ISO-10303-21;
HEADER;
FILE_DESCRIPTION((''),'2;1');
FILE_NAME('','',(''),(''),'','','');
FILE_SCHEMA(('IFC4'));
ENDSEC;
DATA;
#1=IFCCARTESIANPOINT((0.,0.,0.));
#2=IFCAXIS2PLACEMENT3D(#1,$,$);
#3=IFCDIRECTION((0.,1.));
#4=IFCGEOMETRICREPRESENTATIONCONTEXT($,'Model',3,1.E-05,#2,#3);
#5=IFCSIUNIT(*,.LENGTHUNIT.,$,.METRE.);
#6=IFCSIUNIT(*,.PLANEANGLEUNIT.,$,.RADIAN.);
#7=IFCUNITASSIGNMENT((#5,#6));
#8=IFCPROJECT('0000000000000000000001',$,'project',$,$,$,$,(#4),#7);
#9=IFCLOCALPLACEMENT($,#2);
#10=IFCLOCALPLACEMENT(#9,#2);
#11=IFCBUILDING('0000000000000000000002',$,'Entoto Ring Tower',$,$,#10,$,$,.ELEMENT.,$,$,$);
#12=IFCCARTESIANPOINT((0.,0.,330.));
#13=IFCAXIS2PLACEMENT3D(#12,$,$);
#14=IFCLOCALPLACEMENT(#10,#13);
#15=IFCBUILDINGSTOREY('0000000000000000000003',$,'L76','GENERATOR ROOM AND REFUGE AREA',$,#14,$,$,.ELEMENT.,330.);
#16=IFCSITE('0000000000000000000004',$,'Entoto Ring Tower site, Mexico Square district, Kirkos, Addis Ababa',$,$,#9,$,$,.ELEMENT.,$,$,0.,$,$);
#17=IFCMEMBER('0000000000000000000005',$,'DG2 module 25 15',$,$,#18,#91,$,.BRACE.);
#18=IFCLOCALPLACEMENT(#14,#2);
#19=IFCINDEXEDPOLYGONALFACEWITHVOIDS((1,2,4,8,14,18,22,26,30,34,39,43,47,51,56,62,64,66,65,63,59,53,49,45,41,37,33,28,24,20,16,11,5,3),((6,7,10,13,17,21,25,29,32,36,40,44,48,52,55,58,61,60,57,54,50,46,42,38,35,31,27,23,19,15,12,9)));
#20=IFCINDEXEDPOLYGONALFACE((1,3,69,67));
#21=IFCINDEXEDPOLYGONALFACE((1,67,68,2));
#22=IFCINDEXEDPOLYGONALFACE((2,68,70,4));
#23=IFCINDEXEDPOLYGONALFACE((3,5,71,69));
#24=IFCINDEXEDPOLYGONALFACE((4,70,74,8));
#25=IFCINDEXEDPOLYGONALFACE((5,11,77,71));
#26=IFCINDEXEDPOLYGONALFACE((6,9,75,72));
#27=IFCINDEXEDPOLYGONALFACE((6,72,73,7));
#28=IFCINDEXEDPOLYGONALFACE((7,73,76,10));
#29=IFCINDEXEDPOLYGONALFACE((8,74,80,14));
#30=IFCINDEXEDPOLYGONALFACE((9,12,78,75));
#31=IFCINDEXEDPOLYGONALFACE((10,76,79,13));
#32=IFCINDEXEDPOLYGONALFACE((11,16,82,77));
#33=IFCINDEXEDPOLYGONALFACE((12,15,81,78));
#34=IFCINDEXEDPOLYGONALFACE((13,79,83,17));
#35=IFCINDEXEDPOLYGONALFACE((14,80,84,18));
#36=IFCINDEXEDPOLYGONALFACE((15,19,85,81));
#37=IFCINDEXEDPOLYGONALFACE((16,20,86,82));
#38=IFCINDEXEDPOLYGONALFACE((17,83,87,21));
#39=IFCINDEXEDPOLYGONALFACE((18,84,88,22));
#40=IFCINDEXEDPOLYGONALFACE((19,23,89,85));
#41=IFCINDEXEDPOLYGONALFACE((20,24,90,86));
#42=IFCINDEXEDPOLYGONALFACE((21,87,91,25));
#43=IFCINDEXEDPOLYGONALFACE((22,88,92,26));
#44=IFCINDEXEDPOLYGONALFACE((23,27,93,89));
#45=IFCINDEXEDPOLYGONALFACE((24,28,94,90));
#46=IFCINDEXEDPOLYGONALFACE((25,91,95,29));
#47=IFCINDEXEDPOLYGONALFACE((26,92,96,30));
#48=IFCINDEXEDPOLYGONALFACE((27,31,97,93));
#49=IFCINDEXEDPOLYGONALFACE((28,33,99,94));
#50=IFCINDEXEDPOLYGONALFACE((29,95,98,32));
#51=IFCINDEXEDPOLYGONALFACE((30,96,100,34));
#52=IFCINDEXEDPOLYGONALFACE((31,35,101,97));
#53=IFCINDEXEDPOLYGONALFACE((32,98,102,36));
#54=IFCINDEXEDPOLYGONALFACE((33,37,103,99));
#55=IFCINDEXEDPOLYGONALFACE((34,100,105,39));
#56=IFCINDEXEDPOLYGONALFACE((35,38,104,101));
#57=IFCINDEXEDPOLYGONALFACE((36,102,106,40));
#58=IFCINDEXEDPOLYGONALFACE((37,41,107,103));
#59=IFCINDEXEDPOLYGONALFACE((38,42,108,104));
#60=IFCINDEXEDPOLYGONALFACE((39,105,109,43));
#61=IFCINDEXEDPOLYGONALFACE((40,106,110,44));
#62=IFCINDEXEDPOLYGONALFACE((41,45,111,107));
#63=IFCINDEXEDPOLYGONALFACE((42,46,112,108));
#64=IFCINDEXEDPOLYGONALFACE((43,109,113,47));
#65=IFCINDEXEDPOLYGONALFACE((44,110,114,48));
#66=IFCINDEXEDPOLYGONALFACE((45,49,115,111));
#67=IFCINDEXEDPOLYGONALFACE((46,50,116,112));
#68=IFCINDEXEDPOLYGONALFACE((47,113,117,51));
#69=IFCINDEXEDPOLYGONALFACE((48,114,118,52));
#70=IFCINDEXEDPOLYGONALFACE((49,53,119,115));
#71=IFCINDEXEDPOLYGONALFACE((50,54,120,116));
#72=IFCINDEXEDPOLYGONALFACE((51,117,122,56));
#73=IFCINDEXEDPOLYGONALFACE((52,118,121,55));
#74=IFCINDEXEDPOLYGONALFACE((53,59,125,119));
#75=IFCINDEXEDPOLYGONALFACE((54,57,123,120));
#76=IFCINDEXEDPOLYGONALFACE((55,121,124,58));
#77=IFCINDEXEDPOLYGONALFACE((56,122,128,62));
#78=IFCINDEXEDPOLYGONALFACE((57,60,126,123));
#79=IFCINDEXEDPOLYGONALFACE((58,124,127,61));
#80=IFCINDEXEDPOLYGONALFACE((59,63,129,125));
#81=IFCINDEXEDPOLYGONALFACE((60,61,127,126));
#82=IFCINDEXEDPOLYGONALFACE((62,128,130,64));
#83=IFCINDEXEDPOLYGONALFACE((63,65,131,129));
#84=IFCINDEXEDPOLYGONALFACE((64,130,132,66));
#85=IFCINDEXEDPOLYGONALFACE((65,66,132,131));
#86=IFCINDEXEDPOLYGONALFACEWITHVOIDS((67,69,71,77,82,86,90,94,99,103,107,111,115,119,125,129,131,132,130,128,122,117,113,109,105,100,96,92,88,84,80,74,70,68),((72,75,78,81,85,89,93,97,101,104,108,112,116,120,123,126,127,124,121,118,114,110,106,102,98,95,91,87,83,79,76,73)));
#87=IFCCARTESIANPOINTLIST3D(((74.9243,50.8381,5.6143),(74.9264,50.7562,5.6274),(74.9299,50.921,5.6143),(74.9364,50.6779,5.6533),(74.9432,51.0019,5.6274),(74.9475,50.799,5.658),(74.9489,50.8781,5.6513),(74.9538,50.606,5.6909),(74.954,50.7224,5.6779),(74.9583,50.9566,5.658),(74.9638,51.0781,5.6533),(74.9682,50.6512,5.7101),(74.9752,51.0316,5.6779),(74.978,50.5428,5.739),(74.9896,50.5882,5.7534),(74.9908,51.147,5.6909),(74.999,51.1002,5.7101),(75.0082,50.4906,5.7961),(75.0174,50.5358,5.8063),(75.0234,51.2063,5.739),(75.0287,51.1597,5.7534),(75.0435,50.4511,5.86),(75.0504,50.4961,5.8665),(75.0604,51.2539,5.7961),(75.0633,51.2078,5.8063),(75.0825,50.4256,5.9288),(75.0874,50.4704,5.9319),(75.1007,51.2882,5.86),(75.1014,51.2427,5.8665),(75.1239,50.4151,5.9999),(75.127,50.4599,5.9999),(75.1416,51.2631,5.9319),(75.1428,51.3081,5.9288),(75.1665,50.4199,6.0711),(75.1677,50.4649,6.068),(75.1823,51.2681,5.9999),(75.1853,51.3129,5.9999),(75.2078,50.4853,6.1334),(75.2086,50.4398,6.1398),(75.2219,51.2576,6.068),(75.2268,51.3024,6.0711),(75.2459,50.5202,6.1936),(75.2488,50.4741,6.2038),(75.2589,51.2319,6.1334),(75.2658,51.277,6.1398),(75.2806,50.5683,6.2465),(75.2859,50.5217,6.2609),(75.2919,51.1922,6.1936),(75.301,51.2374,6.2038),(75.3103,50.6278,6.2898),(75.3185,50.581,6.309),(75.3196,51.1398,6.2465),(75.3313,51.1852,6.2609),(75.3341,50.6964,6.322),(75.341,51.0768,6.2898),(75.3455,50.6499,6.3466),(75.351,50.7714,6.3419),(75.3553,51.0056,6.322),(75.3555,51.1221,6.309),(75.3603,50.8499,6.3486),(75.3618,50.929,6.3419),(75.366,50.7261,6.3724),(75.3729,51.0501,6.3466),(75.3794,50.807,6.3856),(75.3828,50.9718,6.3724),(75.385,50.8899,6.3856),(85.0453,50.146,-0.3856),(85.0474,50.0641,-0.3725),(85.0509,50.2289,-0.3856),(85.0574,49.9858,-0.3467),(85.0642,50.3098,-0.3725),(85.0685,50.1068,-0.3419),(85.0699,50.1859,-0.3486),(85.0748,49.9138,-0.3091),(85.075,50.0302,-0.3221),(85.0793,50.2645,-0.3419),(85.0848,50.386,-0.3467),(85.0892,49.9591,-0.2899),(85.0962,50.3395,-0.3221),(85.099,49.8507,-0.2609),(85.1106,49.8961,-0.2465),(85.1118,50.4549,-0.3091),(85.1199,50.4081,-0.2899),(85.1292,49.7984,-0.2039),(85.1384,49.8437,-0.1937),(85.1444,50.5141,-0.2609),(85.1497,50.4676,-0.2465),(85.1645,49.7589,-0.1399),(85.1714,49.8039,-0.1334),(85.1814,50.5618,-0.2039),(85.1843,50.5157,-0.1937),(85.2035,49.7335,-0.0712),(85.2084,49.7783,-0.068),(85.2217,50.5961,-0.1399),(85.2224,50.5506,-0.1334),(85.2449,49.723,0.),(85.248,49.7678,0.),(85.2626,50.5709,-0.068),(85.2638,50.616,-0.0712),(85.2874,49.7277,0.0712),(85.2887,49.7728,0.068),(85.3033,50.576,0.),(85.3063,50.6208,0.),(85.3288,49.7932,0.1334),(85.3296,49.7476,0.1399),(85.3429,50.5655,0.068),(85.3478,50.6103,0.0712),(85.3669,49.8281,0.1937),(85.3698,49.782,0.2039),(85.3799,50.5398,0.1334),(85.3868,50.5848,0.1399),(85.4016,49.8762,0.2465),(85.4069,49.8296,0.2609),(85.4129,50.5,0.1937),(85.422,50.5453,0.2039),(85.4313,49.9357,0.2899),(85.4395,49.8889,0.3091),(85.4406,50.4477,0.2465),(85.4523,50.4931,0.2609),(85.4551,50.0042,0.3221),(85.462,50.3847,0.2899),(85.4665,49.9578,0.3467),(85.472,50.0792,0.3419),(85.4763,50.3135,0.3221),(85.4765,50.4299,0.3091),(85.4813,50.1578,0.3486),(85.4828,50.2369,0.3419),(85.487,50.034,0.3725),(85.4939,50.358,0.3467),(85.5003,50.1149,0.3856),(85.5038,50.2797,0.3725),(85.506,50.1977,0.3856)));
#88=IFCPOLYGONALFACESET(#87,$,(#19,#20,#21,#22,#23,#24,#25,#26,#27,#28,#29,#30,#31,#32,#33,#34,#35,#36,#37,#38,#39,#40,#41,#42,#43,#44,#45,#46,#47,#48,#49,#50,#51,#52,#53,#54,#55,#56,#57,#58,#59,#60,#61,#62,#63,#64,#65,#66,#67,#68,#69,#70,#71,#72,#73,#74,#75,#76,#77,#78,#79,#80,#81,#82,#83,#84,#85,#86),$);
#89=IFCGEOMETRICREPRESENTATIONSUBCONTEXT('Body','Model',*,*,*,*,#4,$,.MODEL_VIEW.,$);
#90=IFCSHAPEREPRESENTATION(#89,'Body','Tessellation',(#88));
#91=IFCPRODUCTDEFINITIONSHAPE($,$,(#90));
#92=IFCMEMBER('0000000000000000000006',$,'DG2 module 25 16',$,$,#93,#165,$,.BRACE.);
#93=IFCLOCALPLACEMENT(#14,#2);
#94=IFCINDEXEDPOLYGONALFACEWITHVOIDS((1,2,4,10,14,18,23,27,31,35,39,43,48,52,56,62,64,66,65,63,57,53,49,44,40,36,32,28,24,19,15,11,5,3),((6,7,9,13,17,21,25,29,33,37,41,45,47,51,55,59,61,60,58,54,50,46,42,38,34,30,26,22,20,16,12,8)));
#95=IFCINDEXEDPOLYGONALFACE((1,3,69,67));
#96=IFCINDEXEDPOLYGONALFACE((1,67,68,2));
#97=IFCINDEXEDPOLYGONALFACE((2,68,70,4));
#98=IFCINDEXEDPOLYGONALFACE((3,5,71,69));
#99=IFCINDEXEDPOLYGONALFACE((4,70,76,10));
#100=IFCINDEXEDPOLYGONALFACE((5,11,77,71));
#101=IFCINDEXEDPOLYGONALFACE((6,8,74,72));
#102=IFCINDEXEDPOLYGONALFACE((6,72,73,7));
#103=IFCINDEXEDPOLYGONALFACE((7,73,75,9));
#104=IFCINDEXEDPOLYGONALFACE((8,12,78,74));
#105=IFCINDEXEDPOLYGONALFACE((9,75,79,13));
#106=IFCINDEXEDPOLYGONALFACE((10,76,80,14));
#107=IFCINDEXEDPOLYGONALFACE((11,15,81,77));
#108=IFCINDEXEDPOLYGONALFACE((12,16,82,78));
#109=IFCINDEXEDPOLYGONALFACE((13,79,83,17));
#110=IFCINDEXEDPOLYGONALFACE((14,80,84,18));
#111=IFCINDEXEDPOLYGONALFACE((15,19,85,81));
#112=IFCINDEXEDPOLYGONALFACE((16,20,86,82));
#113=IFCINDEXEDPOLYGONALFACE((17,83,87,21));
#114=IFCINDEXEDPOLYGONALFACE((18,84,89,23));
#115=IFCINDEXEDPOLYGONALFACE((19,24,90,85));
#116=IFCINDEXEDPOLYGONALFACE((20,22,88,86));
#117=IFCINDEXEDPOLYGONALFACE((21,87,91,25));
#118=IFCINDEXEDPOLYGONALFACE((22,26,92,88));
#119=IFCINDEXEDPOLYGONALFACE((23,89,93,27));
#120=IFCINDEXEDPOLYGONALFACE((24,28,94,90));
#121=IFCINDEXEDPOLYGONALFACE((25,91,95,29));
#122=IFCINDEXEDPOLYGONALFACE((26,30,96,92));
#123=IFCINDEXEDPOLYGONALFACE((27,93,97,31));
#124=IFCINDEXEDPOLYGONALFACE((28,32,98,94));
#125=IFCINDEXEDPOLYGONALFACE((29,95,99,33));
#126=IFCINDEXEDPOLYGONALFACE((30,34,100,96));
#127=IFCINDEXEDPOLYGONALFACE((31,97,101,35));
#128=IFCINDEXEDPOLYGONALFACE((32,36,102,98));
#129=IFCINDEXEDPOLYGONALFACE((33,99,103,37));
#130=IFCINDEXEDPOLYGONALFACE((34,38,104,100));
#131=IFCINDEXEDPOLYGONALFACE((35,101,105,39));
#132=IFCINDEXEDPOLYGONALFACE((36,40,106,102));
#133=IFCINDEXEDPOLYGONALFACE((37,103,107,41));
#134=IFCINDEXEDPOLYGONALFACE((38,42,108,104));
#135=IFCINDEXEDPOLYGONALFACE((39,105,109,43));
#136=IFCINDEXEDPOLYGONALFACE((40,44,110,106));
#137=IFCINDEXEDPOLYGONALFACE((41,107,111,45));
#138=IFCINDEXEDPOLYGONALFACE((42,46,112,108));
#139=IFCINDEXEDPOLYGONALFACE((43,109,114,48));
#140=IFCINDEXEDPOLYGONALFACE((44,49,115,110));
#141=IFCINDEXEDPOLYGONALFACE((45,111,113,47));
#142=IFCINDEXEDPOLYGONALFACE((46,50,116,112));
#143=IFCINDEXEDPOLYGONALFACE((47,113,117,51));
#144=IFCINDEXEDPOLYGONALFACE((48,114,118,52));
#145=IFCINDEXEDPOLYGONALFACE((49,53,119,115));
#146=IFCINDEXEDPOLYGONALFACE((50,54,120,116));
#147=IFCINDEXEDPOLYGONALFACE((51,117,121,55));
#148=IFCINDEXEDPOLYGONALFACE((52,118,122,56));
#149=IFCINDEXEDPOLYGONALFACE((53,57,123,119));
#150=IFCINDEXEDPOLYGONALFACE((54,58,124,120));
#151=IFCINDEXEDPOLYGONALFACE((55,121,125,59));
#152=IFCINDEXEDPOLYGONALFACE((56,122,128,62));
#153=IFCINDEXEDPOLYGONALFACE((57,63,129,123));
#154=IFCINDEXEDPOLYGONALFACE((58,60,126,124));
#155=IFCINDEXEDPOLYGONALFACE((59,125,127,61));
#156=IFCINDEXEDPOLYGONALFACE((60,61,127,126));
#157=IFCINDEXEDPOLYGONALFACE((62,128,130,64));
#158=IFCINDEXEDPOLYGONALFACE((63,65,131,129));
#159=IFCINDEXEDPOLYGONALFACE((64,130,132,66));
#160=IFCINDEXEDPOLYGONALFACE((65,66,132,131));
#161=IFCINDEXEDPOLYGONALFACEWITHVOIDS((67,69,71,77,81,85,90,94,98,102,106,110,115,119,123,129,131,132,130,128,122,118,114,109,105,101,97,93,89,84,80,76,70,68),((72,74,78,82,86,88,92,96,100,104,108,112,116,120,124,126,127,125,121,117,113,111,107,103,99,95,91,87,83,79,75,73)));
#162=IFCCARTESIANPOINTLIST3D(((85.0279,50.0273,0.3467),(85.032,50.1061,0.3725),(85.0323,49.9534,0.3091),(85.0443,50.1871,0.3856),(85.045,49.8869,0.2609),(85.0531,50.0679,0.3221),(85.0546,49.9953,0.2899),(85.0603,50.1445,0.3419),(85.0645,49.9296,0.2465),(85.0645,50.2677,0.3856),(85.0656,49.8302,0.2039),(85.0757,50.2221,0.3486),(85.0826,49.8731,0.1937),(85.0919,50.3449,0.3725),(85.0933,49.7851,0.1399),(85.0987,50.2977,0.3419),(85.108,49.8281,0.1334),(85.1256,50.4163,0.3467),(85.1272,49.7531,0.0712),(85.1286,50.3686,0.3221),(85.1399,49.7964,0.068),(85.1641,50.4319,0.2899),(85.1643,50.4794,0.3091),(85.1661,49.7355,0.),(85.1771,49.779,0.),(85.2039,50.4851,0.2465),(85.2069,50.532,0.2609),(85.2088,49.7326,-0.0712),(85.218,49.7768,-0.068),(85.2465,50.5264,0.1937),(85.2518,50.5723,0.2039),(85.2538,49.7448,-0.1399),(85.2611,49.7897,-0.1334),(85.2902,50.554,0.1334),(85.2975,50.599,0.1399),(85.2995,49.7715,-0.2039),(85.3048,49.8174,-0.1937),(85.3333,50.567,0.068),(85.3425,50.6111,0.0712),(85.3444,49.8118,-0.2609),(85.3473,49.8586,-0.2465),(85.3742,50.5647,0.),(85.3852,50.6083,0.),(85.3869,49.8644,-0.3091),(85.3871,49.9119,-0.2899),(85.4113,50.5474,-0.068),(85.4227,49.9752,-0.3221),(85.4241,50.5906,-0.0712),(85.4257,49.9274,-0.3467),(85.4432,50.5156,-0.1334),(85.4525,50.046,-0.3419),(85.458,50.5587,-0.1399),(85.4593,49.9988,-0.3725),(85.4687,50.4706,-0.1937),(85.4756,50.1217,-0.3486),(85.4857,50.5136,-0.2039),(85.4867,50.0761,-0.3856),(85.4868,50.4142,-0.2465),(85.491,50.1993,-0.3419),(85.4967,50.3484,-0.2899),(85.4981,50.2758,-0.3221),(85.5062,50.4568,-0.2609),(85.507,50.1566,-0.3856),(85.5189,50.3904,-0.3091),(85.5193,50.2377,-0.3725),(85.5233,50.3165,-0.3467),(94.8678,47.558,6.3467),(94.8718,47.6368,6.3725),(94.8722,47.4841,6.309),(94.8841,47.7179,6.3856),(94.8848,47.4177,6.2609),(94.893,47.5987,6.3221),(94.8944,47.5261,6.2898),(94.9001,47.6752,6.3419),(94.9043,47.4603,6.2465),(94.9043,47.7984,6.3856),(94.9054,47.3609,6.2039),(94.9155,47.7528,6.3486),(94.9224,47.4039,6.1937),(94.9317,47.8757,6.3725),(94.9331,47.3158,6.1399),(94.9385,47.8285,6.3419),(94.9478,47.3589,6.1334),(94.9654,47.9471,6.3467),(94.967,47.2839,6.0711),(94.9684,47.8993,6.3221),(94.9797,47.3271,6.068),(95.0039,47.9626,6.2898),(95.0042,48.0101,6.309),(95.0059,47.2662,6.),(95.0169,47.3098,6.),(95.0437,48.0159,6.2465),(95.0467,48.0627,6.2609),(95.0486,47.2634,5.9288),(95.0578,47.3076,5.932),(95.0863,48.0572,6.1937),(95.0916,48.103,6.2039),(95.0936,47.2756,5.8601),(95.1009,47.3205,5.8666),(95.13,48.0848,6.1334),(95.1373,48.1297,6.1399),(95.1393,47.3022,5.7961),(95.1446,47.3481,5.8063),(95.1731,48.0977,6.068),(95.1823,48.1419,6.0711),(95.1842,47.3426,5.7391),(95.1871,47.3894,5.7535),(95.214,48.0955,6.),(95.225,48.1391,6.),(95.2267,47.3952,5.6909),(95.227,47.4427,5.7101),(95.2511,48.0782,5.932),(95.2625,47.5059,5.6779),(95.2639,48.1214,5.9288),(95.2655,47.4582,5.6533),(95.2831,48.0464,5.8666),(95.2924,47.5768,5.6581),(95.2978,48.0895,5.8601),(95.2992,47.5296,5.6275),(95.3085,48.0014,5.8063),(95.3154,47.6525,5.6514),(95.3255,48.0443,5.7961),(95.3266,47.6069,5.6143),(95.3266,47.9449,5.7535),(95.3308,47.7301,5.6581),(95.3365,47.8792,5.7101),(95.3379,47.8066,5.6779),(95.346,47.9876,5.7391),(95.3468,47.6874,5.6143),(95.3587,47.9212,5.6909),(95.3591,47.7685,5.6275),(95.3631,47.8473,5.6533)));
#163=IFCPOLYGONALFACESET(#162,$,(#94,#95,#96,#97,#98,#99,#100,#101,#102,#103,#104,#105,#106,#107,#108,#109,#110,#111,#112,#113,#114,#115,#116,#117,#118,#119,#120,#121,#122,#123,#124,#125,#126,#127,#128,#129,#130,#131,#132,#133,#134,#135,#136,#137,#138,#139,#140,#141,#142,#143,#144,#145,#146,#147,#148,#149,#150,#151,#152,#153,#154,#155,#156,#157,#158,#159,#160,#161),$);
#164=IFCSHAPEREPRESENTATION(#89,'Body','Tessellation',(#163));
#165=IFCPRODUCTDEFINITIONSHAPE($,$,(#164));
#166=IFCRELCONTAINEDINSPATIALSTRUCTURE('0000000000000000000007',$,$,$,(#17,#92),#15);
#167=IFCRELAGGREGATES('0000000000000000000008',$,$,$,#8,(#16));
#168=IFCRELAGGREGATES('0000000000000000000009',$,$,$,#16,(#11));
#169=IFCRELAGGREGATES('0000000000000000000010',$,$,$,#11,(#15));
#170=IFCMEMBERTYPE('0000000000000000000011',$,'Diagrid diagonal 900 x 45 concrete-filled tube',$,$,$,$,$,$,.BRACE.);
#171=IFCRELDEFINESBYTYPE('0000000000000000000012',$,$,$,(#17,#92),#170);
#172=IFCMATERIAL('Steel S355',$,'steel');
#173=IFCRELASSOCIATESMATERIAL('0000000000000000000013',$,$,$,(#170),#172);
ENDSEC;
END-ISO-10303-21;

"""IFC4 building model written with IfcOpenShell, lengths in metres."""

from ifc_helpers import new_model, si_unit, direction, frame, origin, origin_2d, place, context, subcontext, project, spatial, circle, hollow_circle, extrude, material, material_profile, profile_set, type_object, element, save


model = new_model("IFC4")

# Units and contexts
model_context = context("Model", 3, precision=1e-05, world=origin(), true_north=direction((0.0, 1.0)))
body_context = subcontext(model_context, "Body", "Model", "MODEL_VIEW")
ifc_project = project(units=[si_unit("LENGTHUNIT", "METRE"), si_unit("PLANEANGLEUNIT", "RADIAN")], contexts=[model_context])

# Site, building, storey
site_placement = place(None, origin())
site = spatial("IfcSite", under=ifc_project, at=site_placement, Name="Entoto Ring Tower site, Mexico Square district, Kirkos, Addis Ababa", CompositionType="ELEMENT", RefElevation=0.0)
building_placement = place(site_placement, origin())
building = spatial("IfcBuilding", under=site, at=building_placement, Name="Entoto Ring Tower", CompositionType="ELEMENT")
storey_placement = place(building_placement, frame((0.0, 0.0, 330.0)))
storey = spatial("IfcBuildingStorey", under=building, at=storey_placement, Name="L76", Description="GENERATOR ROOM AND REFUGE AREA", CompositionType="ELEMENT", Elevation=330.0)

# Members
ifc_material_1 = material(Name="Steel S355", Category="steel")
ifc_material_profile_1 = material_profile(ifc_material_1, hollow_circle(Radius=0.45, WallThickness=0.0449, at=origin_2d()), Name="CHS 900 x 45")
ifc_material_2 = material(Name="Concrete C60/75", Category="concrete")
ifc_material_profile_2 = material_profile(ifc_material_2, circle(Radius=0.405, at=origin_2d()), Name="Concrete C60/75 infill")
ifc_profile_set_1 = profile_set([ifc_material_profile_1, ifc_material_profile_2], Name="Steel S355")
member_type_1 = type_object("IfcMemberType", Name="Diagrid diagonal 900 x 45 concrete-filled tube", PredefinedType="BRACE", material=ifc_profile_set_1)
member_1_placement = place(storey_placement, frame((85.2756, 50.1719, 0.0), z_axis=(-0.858721, 0.058724, 0.509068), x_axis=(-0.068226, -0.99767, 0.0)))
element("IfcMember", 1, at=member_1_placement, inside=storey, type_object=member_type_1, Name="DG2 module 25 15", PredefinedType="BRACE", context=body_context, shape_type="SweptSolid", body=[
    extrude(hollow_circle(Radius=0.45, WallThickness=0.0449, at=origin_2d()), origin(), (0.0, 0.0, 1.0), 11.7861),
])
member_2_placement = place(storey_placement, frame((85.2756, 50.1719, 0.0), z_axis=(0.834846, -0.209499, 0.50906), x_axis=(0.243396, 0.969927, 0.0)))
element("IfcMember", 2, at=member_2_placement, inside=storey, type_object=member_type_1, Name="DG2 module 25 16", PredefinedType="BRACE", context=body_context, shape_type="SweptSolid", body=[
    extrude(hollow_circle(Radius=0.45, WallThickness=0.0449, at=origin_2d()), origin(), (0.0, 0.0, 1.0), 11.7864),
])

save(model, "model.ifc")
